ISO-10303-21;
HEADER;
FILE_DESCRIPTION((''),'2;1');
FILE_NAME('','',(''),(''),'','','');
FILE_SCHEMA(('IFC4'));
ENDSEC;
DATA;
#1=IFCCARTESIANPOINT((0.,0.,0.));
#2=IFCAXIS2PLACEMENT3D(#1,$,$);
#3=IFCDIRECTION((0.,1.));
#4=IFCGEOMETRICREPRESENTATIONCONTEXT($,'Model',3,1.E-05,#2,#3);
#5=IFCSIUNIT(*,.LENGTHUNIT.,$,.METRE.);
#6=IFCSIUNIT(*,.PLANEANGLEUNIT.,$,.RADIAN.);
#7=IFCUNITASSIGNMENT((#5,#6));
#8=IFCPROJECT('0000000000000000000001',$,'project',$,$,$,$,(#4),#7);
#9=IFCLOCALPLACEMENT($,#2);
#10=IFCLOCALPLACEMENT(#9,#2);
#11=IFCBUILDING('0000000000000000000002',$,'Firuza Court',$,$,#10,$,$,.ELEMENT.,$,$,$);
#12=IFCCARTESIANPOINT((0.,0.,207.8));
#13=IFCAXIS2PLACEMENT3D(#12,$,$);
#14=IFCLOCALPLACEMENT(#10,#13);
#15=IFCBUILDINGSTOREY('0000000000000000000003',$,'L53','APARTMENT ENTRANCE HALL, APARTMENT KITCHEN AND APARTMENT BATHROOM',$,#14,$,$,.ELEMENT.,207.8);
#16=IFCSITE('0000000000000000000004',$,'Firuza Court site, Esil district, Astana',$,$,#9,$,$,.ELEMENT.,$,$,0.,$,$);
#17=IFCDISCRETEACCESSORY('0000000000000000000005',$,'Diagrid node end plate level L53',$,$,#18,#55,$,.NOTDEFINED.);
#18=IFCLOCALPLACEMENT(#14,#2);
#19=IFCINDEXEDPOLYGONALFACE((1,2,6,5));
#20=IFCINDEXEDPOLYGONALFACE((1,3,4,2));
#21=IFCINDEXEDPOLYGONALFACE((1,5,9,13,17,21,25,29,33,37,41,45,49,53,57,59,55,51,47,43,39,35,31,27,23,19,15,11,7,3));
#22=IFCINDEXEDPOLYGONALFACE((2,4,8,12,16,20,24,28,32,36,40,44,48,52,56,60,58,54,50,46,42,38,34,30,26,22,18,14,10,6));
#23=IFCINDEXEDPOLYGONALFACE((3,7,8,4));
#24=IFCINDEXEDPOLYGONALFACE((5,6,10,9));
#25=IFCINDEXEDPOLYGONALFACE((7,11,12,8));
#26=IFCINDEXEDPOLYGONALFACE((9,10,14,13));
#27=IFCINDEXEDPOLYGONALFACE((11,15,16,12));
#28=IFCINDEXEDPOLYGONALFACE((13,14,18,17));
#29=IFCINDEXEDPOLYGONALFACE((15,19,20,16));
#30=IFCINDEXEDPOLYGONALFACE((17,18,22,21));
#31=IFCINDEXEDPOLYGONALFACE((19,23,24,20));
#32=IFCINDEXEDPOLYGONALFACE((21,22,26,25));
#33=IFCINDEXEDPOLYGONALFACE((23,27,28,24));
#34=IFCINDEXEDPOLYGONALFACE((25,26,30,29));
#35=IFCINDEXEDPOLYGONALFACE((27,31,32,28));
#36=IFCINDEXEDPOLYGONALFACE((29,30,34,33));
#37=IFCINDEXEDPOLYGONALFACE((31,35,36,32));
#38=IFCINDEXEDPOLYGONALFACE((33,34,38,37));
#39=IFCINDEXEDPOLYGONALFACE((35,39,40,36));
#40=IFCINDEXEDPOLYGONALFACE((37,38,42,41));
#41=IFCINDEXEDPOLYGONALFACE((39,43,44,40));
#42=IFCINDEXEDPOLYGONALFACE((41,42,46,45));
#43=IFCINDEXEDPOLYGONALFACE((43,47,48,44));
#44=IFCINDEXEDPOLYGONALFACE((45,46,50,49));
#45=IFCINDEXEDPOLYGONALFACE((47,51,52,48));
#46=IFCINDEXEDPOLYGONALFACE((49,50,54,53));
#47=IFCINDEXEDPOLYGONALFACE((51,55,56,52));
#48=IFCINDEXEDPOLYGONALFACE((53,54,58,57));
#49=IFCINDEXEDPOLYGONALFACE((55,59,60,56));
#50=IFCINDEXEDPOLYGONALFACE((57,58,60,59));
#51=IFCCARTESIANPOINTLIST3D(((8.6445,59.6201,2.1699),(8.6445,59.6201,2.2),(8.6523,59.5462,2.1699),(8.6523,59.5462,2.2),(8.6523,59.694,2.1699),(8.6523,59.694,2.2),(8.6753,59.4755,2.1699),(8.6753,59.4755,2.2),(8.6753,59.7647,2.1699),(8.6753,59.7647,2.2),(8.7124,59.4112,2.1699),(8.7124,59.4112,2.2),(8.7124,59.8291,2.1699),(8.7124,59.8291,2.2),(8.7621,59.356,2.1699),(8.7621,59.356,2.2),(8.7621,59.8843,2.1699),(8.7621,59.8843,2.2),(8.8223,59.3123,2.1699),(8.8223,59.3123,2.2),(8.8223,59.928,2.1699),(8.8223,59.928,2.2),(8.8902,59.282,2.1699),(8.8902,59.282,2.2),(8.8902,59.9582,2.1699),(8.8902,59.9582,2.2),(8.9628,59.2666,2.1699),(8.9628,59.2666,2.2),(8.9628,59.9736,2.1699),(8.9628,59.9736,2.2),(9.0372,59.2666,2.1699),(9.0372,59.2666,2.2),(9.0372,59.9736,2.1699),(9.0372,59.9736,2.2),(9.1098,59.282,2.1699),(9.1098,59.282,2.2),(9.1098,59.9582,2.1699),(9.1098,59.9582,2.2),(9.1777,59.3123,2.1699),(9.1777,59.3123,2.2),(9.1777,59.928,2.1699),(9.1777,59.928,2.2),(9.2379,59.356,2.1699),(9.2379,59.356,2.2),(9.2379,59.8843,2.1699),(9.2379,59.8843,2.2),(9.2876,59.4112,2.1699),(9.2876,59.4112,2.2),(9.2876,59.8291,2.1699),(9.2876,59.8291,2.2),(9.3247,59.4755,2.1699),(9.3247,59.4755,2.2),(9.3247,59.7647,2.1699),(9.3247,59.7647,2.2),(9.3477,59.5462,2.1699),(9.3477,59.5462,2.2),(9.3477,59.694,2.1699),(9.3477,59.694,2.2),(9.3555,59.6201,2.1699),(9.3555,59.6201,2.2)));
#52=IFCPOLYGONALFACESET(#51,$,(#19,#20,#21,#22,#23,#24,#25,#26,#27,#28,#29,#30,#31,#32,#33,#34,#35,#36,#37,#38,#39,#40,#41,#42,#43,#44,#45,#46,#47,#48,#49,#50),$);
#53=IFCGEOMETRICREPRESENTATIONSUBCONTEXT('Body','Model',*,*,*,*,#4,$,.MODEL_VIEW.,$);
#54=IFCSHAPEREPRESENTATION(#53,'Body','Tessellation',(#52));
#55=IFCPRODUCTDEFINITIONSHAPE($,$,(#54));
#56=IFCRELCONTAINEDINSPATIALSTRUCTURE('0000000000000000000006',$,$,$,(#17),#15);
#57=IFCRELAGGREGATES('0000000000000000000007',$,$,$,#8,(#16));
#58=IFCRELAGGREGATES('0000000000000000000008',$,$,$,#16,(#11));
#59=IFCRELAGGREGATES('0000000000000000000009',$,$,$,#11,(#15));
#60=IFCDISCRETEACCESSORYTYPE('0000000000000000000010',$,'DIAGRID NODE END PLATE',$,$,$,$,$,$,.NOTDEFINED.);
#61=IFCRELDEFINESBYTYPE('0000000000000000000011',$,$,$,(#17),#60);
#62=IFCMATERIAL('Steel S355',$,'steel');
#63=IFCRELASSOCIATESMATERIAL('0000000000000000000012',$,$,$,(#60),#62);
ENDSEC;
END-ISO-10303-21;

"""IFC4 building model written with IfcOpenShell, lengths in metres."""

from ifc_helpers import new_model, si_unit, direction, frame, origin, origin_2d, place, context, subcontext, project, spatial, circle, extrude, material, material_profile, profile_set, type_object, element, save


model = new_model("IFC4")

# Units and contexts
model_context = context("Model", 3, precision=1e-05, world=origin(), true_north=direction((0.0, 1.0)))
body_context = subcontext(model_context, "Body", "Model", "MODEL_VIEW")
ifc_project = project(units=[si_unit("LENGTHUNIT", "METRE"), si_unit("PLANEANGLEUNIT", "RADIAN")], contexts=[model_context])

# Site, building, storey
site_placement = place(None, origin())
site = spatial("IfcSite", under=ifc_project, at=site_placement, Name="Firuza Court site, Esil district, Astana", CompositionType="ELEMENT", RefElevation=0.0)
building_placement = place(site_placement, origin())
building = spatial("IfcBuilding", under=site, at=building_placement, Name="Firuza Court", CompositionType="ELEMENT")
storey_placement = place(building_placement, frame((0.0, 0.0, 207.8)))
storey = spatial("IfcBuildingStorey", under=building, at=storey_placement, Name="L53", Description="APARTMENT ENTRANCE HALL, APARTMENT KITCHEN AND APARTMENT BATHROOM", CompositionType="ELEMENT", Elevation=207.8)

# Discrete accessory
ifc_material_1 = material(Name="Steel S355", Category="steel")
ifc_material_profile_1 = material_profile(ifc_material_1, circle(Radius=0.3555, at=origin_2d()), Name="PL D711")
ifc_profile_set_1 = profile_set([ifc_material_profile_1], Name="Steel S355")
discrete_accessory_type = type_object("IfcDiscreteAccessoryType", Name="DIAGRID NODE END PLATE", PredefinedType="NOTDEFINED", material=ifc_profile_set_1)
discrete_accessory_1_placement = place(storey_placement, frame((9.0, 59.6201, 2.1699), z_axis=(0.0, 0.0, 1.0), x_axis=(1.0, 0.0, 0.0)))
element("IfcDiscreteAccessory", 1, at=discrete_accessory_1_placement, inside=storey, type_object=discrete_accessory_type, Name="Diagrid node end plate level L53", PredefinedType="NOTDEFINED", context=body_context, shape_type="SweptSolid", body=[
    extrude(circle(Radius=0.3555, at=origin_2d()), origin(), (0.0, 0.0, 1.0), 0.03),
])

save(model, "model.ifc")
